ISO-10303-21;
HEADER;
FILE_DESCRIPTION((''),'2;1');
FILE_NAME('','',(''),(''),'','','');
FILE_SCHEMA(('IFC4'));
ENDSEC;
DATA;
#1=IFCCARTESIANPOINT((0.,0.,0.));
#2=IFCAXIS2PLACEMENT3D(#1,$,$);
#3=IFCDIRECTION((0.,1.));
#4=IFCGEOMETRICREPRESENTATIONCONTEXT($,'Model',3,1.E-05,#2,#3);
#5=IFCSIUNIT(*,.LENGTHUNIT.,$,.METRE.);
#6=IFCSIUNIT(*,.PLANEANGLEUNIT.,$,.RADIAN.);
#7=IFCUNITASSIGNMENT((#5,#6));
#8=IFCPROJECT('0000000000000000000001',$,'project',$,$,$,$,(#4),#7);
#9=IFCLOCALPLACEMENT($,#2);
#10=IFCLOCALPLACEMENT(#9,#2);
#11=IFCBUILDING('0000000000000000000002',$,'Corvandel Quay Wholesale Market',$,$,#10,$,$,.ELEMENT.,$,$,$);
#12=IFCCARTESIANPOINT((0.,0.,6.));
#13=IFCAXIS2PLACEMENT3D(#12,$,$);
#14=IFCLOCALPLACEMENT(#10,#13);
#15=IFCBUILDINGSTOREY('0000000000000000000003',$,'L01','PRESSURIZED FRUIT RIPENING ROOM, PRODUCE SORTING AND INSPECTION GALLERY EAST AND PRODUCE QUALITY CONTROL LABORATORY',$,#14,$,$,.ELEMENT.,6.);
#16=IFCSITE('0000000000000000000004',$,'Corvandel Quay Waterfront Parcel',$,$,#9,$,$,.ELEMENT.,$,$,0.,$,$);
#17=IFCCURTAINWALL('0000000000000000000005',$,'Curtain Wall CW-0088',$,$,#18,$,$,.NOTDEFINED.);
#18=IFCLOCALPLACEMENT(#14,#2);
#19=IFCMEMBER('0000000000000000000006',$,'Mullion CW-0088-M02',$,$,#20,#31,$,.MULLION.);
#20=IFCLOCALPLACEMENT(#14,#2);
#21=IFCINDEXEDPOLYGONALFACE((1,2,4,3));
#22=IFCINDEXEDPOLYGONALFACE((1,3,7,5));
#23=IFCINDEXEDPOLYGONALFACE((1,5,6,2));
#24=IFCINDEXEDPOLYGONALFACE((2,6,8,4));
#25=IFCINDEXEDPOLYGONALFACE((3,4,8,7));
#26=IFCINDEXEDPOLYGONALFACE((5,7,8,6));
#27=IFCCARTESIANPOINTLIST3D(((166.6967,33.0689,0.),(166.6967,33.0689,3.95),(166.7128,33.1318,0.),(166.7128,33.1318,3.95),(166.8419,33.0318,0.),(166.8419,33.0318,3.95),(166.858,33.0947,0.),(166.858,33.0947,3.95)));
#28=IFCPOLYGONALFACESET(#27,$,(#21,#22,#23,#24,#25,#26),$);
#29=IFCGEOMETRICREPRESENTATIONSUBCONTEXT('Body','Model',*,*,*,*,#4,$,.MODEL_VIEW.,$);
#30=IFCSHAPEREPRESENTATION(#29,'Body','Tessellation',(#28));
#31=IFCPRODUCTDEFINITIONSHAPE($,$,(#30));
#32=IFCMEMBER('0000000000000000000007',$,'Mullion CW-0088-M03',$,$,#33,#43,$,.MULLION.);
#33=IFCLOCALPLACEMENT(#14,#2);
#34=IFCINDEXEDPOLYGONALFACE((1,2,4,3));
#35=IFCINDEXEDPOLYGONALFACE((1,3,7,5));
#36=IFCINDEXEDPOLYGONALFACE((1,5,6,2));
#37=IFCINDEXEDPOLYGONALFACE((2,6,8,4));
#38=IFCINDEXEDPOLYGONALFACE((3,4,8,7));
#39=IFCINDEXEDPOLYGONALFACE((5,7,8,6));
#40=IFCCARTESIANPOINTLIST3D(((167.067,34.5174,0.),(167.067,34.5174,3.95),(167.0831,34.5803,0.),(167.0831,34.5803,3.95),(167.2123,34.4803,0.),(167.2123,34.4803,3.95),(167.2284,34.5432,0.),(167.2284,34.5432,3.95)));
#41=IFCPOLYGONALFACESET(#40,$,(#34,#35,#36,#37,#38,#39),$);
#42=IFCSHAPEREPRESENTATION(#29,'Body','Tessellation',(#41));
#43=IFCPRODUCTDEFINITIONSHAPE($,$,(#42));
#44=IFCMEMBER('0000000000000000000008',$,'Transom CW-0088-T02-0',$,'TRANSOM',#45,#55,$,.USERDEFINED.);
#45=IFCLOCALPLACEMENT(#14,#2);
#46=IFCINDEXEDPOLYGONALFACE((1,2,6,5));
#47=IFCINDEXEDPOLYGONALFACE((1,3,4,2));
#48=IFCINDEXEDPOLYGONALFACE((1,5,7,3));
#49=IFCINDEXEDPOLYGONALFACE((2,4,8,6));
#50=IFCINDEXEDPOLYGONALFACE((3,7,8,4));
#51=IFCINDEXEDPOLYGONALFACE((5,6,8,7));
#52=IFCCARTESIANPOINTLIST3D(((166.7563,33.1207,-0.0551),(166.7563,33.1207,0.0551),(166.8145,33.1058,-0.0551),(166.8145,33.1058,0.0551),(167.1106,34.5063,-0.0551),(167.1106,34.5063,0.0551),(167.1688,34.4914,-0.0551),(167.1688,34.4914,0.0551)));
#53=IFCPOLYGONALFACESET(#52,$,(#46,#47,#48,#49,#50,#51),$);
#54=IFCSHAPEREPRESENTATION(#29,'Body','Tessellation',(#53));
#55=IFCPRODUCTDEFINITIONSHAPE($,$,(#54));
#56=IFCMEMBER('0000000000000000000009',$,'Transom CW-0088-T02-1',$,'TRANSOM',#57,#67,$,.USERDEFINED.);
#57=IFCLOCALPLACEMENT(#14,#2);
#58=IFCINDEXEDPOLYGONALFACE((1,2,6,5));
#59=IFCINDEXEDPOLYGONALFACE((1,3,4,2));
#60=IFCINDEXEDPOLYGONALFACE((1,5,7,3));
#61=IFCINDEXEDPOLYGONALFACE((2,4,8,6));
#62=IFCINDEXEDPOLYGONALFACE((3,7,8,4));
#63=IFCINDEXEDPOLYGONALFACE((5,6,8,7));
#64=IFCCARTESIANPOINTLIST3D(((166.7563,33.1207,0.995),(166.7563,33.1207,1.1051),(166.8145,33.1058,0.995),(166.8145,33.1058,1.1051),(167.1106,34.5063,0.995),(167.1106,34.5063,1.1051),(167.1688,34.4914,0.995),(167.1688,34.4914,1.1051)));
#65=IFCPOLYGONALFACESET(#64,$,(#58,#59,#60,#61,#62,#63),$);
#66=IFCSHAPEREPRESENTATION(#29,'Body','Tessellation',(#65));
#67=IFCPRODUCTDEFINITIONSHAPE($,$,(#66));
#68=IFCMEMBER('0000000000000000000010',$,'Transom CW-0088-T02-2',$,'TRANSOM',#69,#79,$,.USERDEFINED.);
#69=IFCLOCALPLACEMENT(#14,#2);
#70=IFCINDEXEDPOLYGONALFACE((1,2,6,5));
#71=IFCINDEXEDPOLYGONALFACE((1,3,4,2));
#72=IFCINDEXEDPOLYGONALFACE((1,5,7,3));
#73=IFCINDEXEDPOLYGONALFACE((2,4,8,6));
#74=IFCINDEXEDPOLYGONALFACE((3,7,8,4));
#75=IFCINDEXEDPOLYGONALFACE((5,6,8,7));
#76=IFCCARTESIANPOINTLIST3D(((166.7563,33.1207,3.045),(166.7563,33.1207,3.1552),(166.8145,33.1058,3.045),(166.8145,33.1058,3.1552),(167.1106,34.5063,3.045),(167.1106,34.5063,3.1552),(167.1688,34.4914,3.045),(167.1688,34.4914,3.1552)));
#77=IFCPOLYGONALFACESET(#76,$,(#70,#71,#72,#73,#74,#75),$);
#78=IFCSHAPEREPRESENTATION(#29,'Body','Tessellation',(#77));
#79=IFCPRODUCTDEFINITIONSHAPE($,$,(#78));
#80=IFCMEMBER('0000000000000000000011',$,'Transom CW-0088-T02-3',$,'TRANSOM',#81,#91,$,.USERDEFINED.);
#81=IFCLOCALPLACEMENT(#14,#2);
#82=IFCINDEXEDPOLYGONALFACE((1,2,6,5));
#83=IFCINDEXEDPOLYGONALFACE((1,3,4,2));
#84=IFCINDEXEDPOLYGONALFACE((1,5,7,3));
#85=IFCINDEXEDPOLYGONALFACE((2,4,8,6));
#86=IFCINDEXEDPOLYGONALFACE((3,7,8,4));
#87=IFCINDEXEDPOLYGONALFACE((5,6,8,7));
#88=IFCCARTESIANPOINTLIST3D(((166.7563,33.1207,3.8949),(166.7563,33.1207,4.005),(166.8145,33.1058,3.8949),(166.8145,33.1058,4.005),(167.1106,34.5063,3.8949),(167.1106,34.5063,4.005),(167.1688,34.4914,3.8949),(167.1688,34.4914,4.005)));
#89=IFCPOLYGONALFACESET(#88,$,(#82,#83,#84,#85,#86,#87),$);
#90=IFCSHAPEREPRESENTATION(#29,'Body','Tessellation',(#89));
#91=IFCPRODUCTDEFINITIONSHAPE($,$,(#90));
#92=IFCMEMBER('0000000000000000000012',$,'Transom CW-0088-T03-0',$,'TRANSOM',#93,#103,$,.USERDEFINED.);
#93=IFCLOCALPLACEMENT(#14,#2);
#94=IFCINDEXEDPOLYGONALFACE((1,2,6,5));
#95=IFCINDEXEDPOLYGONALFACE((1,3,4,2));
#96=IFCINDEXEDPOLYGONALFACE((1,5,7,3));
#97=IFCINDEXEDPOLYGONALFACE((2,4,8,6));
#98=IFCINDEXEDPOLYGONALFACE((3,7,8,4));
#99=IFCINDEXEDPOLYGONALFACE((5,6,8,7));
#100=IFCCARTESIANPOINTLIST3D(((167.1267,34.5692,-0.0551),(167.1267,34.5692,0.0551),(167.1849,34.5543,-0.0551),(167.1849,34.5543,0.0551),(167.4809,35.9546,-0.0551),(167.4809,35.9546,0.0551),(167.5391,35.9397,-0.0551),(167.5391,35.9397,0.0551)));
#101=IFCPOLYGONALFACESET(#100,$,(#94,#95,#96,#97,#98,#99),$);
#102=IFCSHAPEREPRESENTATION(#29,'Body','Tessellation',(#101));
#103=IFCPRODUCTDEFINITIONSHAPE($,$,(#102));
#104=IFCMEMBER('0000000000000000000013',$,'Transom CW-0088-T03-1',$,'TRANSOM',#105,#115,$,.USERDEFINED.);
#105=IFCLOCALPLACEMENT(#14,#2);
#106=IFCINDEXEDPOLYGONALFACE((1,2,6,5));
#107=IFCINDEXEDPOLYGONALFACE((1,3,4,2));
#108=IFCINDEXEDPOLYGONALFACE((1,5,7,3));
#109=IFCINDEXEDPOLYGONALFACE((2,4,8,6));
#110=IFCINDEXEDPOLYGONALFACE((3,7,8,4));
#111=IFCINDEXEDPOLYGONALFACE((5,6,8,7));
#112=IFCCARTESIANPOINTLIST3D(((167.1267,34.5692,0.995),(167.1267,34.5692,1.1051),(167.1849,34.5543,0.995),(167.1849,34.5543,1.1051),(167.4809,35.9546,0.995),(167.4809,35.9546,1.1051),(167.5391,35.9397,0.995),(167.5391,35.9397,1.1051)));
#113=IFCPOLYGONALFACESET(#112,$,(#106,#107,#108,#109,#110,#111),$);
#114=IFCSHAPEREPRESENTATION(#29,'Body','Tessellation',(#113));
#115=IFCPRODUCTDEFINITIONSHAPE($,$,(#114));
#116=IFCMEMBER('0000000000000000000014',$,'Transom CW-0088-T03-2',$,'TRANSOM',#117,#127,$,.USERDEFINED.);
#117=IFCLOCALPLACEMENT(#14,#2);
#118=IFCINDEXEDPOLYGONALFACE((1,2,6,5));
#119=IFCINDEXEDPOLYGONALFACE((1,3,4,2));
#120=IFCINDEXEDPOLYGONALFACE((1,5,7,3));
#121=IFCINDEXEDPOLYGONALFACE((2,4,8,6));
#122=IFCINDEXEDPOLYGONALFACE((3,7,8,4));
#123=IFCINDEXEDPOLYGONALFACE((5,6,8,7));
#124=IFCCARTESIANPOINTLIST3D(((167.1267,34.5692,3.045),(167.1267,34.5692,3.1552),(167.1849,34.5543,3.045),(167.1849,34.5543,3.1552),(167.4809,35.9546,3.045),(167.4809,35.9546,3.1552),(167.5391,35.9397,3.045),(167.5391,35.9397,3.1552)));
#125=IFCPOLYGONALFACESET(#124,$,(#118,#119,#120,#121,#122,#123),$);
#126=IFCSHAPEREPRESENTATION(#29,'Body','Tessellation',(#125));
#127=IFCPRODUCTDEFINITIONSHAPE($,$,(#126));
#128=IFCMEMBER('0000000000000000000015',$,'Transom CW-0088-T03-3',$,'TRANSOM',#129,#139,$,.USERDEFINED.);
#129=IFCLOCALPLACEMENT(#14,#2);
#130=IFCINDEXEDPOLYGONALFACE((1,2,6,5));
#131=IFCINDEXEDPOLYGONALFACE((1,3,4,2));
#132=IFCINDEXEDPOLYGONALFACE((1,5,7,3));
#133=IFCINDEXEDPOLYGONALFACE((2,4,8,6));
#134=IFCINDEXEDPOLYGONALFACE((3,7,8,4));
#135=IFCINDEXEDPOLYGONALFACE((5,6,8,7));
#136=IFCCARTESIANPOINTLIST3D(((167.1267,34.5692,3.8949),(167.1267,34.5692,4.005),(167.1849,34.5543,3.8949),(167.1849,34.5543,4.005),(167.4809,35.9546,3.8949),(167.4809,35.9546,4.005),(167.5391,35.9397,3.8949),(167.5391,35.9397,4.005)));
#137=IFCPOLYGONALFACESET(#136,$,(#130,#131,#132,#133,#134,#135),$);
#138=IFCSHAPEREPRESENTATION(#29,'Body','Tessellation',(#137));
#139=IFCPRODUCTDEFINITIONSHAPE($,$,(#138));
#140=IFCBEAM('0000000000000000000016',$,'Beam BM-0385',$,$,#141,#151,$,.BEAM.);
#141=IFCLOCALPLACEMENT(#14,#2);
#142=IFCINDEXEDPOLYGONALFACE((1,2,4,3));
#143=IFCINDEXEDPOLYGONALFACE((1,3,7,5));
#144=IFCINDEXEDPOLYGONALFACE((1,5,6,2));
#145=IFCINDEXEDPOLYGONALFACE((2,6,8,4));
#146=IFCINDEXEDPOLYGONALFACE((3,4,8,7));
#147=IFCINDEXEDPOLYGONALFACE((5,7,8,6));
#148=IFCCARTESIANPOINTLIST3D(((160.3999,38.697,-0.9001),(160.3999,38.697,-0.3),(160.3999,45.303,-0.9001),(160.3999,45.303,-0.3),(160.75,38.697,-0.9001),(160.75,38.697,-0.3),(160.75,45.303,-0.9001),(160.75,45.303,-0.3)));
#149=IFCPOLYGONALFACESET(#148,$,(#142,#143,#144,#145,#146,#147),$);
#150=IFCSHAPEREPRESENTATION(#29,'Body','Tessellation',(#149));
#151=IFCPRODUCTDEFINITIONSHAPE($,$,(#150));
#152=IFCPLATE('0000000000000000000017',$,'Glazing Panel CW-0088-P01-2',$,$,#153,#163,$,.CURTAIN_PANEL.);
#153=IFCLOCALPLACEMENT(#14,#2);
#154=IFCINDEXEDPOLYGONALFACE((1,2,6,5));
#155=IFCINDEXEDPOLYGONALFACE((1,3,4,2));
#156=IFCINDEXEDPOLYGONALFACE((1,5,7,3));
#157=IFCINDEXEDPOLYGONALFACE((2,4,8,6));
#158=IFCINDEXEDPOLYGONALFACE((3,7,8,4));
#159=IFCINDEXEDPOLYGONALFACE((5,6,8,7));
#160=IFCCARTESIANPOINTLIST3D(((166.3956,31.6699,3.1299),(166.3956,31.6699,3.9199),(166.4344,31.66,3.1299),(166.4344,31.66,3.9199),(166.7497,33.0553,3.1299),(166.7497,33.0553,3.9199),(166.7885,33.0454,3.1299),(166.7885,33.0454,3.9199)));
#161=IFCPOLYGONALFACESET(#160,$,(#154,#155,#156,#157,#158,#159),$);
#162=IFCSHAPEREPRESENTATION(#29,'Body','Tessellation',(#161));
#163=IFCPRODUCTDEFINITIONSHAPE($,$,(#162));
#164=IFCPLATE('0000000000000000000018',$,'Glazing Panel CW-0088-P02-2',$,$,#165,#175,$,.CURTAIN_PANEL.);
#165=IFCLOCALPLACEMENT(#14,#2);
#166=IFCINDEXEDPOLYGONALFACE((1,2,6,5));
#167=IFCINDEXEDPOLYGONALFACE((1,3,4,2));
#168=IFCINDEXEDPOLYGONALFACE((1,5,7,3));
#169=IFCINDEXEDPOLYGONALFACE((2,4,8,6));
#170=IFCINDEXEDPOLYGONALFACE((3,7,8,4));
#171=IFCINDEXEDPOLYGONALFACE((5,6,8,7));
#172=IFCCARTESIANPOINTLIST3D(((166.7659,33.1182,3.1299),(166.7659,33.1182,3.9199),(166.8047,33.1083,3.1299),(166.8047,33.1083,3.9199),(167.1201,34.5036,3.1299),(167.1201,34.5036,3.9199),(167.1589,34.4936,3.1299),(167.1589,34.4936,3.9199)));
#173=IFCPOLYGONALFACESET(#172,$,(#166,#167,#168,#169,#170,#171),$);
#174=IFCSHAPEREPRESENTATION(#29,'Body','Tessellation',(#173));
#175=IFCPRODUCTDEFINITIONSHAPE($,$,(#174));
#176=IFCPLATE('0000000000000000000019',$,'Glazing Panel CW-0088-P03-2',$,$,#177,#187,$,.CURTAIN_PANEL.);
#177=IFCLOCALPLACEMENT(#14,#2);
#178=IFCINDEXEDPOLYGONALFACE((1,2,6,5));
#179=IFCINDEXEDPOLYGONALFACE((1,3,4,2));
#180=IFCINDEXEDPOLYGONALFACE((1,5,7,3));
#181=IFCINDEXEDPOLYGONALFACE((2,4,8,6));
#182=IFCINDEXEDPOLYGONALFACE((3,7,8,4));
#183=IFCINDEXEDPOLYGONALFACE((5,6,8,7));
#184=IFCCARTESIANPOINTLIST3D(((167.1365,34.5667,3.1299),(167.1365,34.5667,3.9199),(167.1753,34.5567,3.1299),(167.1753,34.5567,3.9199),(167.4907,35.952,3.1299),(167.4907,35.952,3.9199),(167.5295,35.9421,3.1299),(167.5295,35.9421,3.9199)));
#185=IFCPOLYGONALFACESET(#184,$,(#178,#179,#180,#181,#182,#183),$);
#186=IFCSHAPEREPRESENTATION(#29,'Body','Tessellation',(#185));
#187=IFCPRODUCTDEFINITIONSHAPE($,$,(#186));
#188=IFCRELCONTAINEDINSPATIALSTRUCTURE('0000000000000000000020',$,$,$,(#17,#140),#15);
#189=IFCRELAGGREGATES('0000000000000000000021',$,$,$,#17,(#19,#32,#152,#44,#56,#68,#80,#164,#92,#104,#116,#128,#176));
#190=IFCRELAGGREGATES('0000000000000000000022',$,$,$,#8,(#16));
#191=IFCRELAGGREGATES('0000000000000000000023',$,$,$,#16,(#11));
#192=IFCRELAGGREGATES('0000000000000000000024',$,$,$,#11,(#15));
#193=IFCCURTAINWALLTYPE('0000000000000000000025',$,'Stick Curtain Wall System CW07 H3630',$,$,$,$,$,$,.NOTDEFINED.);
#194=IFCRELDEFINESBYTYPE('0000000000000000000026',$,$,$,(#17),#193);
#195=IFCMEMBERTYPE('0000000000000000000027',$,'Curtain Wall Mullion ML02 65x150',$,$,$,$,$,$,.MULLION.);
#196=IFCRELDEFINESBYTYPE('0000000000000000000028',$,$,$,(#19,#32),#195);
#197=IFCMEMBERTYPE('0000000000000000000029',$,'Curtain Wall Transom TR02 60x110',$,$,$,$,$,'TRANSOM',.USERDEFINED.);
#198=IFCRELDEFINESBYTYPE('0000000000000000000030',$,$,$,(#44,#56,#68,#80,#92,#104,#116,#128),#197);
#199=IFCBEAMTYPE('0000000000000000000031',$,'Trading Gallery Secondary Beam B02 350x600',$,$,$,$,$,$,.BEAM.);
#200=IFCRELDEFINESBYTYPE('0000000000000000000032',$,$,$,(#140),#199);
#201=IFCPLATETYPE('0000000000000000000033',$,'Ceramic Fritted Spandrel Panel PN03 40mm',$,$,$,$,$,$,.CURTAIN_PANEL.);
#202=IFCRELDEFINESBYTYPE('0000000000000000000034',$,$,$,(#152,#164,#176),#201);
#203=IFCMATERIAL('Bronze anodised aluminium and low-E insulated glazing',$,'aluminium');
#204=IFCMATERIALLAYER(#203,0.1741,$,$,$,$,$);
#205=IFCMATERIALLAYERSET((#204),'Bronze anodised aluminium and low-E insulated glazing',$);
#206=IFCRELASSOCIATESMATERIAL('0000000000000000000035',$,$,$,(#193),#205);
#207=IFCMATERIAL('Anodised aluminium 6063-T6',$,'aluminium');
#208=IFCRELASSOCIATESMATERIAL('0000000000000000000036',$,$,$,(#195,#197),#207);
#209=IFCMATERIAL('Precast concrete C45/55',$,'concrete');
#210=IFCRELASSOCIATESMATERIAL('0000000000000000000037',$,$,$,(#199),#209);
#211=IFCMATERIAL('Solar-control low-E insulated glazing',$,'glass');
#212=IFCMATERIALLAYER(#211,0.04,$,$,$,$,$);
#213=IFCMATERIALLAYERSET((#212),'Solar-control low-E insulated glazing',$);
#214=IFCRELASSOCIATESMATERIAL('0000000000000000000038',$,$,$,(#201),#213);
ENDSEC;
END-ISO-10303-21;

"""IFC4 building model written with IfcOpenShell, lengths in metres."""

from ifc_helpers import new_model, si_unit, direction, frame, origin, origin_2d, place, context, subcontext, project, spatial, rectangle, extrude, material, layer, layer_set, material_profile, profile_set, type_object, element, aggregate, save


model = new_model("IFC4")

# Units and contexts
model_context = context("Model", 3, precision=1e-05, world=origin(), true_north=direction((0.0, 1.0)))
body_context = subcontext(model_context, "Body", "Model", "MODEL_VIEW")
ifc_project = project(units=[si_unit("LENGTHUNIT", "METRE"), si_unit("PLANEANGLEUNIT", "RADIAN")], contexts=[model_context])

# Site, building, storey
site_placement = place(None, origin())
site = spatial("IfcSite", under=ifc_project, at=site_placement, Name="Corvandel Quay Waterfront Parcel", CompositionType="ELEMENT", RefElevation=0.0)
building_placement = place(site_placement, origin())
building = spatial("IfcBuilding", under=site, at=building_placement, Name="Corvandel Quay Wholesale Market", CompositionType="ELEMENT")
storey_placement = place(building_placement, frame((0.0, 0.0, 6.0)))
storey = spatial("IfcBuildingStorey", under=building, at=storey_placement, Name="L01", Description="PRESSURIZED FRUIT RIPENING ROOM, PRODUCE SORTING AND INSPECTION GALLERY EAST AND PRODUCE QUALITY CONTROL LABORATORY", CompositionType="ELEMENT", Elevation=6.0)

# Curtain wall, members
ifc_material_1 = material(Name="Bronze anodised aluminium and low-E insulated glazing", Category="aluminium")
ifc_layer_1 = layer(ifc_material_1, 0.1741)
ifc_layer_set_1 = layer_set([ifc_layer_1], Name="Bronze anodised aluminium and low-E insulated glazing")
curtain_wall_type = type_object("IfcCurtainWallType", Name="Stick Curtain Wall System CW07 H3630", PredefinedType="NOTDEFINED", material=ifc_layer_set_1)
curtain_wall_placement = place(storey_placement, origin())
curtain_wall = element("IfcCurtainWall", 1, at=curtain_wall_placement, inside=storey, type_object=curtain_wall_type, Name="Curtain Wall CW-0088", PredefinedType="NOTDEFINED")
ifc_material_2 = material(Name="Anodised aluminium 6063-T6", Category="aluminium")
ifc_material_profile_1 = material_profile(ifc_material_2, rectangle(XDim=0.0649, YDim=0.1499, at=origin_2d()), Name="ALU-MUL-65x150")
ifc_profile_set_1 = profile_set([ifc_material_profile_1], Name="Anodised aluminium 6063-T6")
member_type_1 = type_object("IfcMemberType", Name="Curtain Wall Mullion ML02 65x150", PredefinedType="MULLION", material=ifc_profile_set_1)
member_1_placement = place(storey_placement, frame((166.7773, 33.0818, 0.0), z_axis=(0.0, 0.0, 1.0), x_axis=(0.247675, 0.968843, 0.0)))
member_1 = element("IfcMember", 2, at=member_1_placement, type_object=member_type_1, Name="Mullion CW-0088-M02", PredefinedType="MULLION", context=body_context, shape_type="SweptSolid", body=[
    extrude(rectangle(XDim=0.0649, YDim=0.1499, at=origin_2d()), origin(), (0.0, 0.0, 1.0), 3.95),
])
member_2_placement = place(storey_placement, frame((167.1477, 34.5303, 0.0), z_axis=(0.0, 0.0, 1.0), x_axis=(0.247675, 0.968843, 0.0)))
member_2 = element("IfcMember", 3, at=member_2_placement, type_object=member_type_1, Name="Mullion CW-0088-M03", PredefinedType="MULLION", context=body_context, shape_type="SweptSolid", body=[
    extrude(rectangle(XDim=0.0649, YDim=0.1499, at=origin_2d()), origin(), (0.0, 0.0, 1.0), 3.95),
])
ifc_material_profile_2 = material_profile(ifc_material_2, rectangle(XDim=0.0601, YDim=0.1101, at=origin_2d()), Name="ALU-TRN-60x110")
ifc_profile_set_2 = profile_set([ifc_material_profile_2], Name="Anodised aluminium 6063-T6")
member_type_2 = type_object("IfcMemberType", Name="Curtain Wall Transom TR02 60x110", ElementType="TRANSOM", PredefinedType="USERDEFINED", material=ifc_profile_set_2)
member_3_placement = place(storey_placement, frame((166.7854, 33.1133, 0.0), z_axis=(0.247714, 0.968833, 0.0), x_axis=(-0.968833, 0.247714, 0.0)))
member_3 = element("IfcMember", 4, at=member_3_placement, type_object=member_type_2, Name="Transom CW-0088-T02-0", ObjectType="TRANSOM", PredefinedType="USERDEFINED", context=body_context, shape_type="SweptSolid", body=[
    extrude(rectangle(XDim=0.0601, YDim=0.1101, at=origin_2d()), origin(), (0.0, 0.0, 1.0), 1.4302),
])
member_4_placement = place(storey_placement, frame((166.7854, 33.1133, 1.05), z_axis=(0.247714, 0.968833, 0.0), x_axis=(-0.968833, 0.247714, 0.0)))
member_4 = element("IfcMember", 5, at=member_4_placement, type_object=member_type_2, Name="Transom CW-0088-T02-1", ObjectType="TRANSOM", PredefinedType="USERDEFINED", context=body_context, shape_type="SweptSolid", body=[
    extrude(rectangle(XDim=0.0601, YDim=0.1101, at=origin_2d()), origin(), (0.0, 0.0, 1.0), 1.4302),
])
member_5_placement = place(storey_placement, frame((166.7854, 33.1133, 3.1001), z_axis=(0.247714, 0.968833, 0.0), x_axis=(-0.968833, 0.247714, 0.0)))
member_5 = element("IfcMember", 6, at=member_5_placement, type_object=member_type_2, Name="Transom CW-0088-T02-2", ObjectType="TRANSOM", PredefinedType="USERDEFINED", context=body_context, shape_type="SweptSolid", body=[
    extrude(rectangle(XDim=0.0601, YDim=0.1101, at=origin_2d()), origin(), (0.0, 0.0, 1.0), 1.4302),
])
member_6_placement = place(storey_placement, frame((166.7854, 33.1133, 3.95), z_axis=(0.247714, 0.968833, 0.0), x_axis=(-0.968833, 0.247714, 0.0)))
member_6 = element("IfcMember", 7, at=member_6_placement, type_object=member_type_2, Name="Transom CW-0088-T02-3", ObjectType="TRANSOM", PredefinedType="USERDEFINED", context=body_context, shape_type="SweptSolid", body=[
    extrude(rectangle(XDim=0.0601, YDim=0.1101, at=origin_2d()), origin(), (0.0, 0.0, 1.0), 1.4302),
])
member_7_placement = place(storey_placement, frame((167.1558, 34.5618, 0.0), z_axis=(0.247755, 0.968823, 0.0), x_axis=(-0.968823, 0.247755, 0.0)))
member_7 = element("IfcMember", 8, at=member_7_placement, type_object=member_type_2, Name="Transom CW-0088-T03-0", ObjectType="TRANSOM", PredefinedType="USERDEFINED", context=body_context, shape_type="SweptSolid", body=[
    extrude(rectangle(XDim=0.0601, YDim=0.1101, at=origin_2d()), origin(), (0.0, 0.0, 1.0), 1.4299),
])
member_8_placement = place(storey_placement, frame((167.1558, 34.5618, 1.05), z_axis=(0.247755, 0.968823, 0.0), x_axis=(-0.968823, 0.247755, 0.0)))
member_8 = element("IfcMember", 9, at=member_8_placement, type_object=member_type_2, Name="Transom CW-0088-T03-1", ObjectType="TRANSOM", PredefinedType="USERDEFINED", context=body_context, shape_type="SweptSolid", body=[
    extrude(rectangle(XDim=0.0601, YDim=0.1101, at=origin_2d()), origin(), (0.0, 0.0, 1.0), 1.4299),
])
member_9_placement = place(storey_placement, frame((167.1558, 34.5618, 3.1001), z_axis=(0.247755, 0.968823, 0.0), x_axis=(-0.968823, 0.247755, 0.0)))
member_9 = element("IfcMember", 10, at=member_9_placement, type_object=member_type_2, Name="Transom CW-0088-T03-2", ObjectType="TRANSOM", PredefinedType="USERDEFINED", context=body_context, shape_type="SweptSolid", body=[
    extrude(rectangle(XDim=0.0601, YDim=0.1101, at=origin_2d()), origin(), (0.0, 0.0, 1.0), 1.4299),
])
member_10_placement = place(storey_placement, frame((167.1558, 34.5618, 3.95), z_axis=(0.247755, 0.968823, 0.0), x_axis=(-0.968823, 0.247755, 0.0)))
member_10 = element("IfcMember", 11, at=member_10_placement, type_object=member_type_2, Name="Transom CW-0088-T03-3", ObjectType="TRANSOM", PredefinedType="USERDEFINED", context=body_context, shape_type="SweptSolid", body=[
    extrude(rectangle(XDim=0.0601, YDim=0.1101, at=origin_2d()), origin(), (0.0, 0.0, 1.0), 1.4299),
])

# Beam
ifc_material_3 = material(Name="Precast concrete C45/55", Category="concrete")
ifc_material_profile_3 = material_profile(ifc_material_3, rectangle(XDim=0.3501, YDim=0.6001, at=origin_2d()), Name="PC-BM-350x600")
ifc_profile_set_3 = profile_set([ifc_material_profile_3], Name="Precast concrete C45/55")
beam_type = type_object("IfcBeamType", Name="Trading Gallery Secondary Beam B02 350x600", PredefinedType="BEAM", material=ifc_profile_set_3)
beam_placement = place(storey_placement, frame((160.575, 38.697, -0.6001), z_axis=(0.0, 1.0, 0.0), x_axis=(-1.0, 0.0, 0.0)))
element("IfcBeam", 12, at=beam_placement, inside=storey, type_object=beam_type, Name="Beam BM-0385", PredefinedType="BEAM", context=body_context, shape_type="SweptSolid", body=[
    extrude(rectangle(XDim=0.3501, YDim=0.6001, at=origin_2d()), origin(), (0.0, 0.0, 1.0), 6.606),
])

# Plates
ifc_material_4 = material(Name="Solar-control low-E insulated glazing", Category="glass")
ifc_layer_2 = layer(ifc_material_4, 0.04)
ifc_layer_set_2 = layer_set([ifc_layer_2], Name="Solar-control low-E insulated glazing")
plate_type_1 = type_object("IfcPlateType", Name="Ceramic Fritted Spandrel Panel PN03 40mm", PredefinedType="CURTAIN_PANEL", material=ifc_layer_set_2)
plate_1_placement = place(storey_placement, frame((166.592, 32.3577, 3.1299), z_axis=(0.0, 0.0, 1.0), x_axis=(0.247675, 0.968843, 0.0)))
plate_1 = element("IfcPlate", 13, at=plate_1_placement, type_object=plate_type_1, Name="Glazing Panel CW-0088-P01-2", PredefinedType="CURTAIN_PANEL", context=body_context, shape_type="SweptSolid", body=[
    extrude(rectangle(XDim=1.4299, YDim=0.04, at=origin_2d()), origin(), (0.0, 0.0, 1.0), 0.79),
])
plate_2_placement = place(storey_placement, frame((166.9624, 33.8059, 3.1299), z_axis=(0.0, 0.0, 1.0), x_axis=(0.247675, 0.968843, 0.0)))
plate_2 = element("IfcPlate", 14, at=plate_2_placement, type_object=plate_type_1, Name="Glazing Panel CW-0088-P02-2", PredefinedType="CURTAIN_PANEL", context=body_context, shape_type="SweptSolid", body=[
    extrude(rectangle(XDim=1.4299, YDim=0.04, at=origin_2d()), origin(), (0.0, 0.0, 1.0), 0.79),
])
plate_3_placement = place(storey_placement, frame((167.333, 35.2544, 3.1299), z_axis=(0.0, 0.0, 1.0), x_axis=(0.247675, 0.968843, 0.0)))
plate_3 = element("IfcPlate", 15, at=plate_3_placement, type_object=plate_type_1, Name="Glazing Panel CW-0088-P03-2", PredefinedType="CURTAIN_PANEL", context=body_context, shape_type="SweptSolid", body=[
    extrude(rectangle(XDim=1.4299, YDim=0.04, at=origin_2d()), origin(), (0.0, 0.0, 1.0), 0.79),
])
aggregate(curtain_wall, [member_1, member_2, plate_1, member_3, member_4, member_5, member_6, plate_2, member_7, member_8, member_9, member_10, plate_3])

save(model, "model.ifc")
